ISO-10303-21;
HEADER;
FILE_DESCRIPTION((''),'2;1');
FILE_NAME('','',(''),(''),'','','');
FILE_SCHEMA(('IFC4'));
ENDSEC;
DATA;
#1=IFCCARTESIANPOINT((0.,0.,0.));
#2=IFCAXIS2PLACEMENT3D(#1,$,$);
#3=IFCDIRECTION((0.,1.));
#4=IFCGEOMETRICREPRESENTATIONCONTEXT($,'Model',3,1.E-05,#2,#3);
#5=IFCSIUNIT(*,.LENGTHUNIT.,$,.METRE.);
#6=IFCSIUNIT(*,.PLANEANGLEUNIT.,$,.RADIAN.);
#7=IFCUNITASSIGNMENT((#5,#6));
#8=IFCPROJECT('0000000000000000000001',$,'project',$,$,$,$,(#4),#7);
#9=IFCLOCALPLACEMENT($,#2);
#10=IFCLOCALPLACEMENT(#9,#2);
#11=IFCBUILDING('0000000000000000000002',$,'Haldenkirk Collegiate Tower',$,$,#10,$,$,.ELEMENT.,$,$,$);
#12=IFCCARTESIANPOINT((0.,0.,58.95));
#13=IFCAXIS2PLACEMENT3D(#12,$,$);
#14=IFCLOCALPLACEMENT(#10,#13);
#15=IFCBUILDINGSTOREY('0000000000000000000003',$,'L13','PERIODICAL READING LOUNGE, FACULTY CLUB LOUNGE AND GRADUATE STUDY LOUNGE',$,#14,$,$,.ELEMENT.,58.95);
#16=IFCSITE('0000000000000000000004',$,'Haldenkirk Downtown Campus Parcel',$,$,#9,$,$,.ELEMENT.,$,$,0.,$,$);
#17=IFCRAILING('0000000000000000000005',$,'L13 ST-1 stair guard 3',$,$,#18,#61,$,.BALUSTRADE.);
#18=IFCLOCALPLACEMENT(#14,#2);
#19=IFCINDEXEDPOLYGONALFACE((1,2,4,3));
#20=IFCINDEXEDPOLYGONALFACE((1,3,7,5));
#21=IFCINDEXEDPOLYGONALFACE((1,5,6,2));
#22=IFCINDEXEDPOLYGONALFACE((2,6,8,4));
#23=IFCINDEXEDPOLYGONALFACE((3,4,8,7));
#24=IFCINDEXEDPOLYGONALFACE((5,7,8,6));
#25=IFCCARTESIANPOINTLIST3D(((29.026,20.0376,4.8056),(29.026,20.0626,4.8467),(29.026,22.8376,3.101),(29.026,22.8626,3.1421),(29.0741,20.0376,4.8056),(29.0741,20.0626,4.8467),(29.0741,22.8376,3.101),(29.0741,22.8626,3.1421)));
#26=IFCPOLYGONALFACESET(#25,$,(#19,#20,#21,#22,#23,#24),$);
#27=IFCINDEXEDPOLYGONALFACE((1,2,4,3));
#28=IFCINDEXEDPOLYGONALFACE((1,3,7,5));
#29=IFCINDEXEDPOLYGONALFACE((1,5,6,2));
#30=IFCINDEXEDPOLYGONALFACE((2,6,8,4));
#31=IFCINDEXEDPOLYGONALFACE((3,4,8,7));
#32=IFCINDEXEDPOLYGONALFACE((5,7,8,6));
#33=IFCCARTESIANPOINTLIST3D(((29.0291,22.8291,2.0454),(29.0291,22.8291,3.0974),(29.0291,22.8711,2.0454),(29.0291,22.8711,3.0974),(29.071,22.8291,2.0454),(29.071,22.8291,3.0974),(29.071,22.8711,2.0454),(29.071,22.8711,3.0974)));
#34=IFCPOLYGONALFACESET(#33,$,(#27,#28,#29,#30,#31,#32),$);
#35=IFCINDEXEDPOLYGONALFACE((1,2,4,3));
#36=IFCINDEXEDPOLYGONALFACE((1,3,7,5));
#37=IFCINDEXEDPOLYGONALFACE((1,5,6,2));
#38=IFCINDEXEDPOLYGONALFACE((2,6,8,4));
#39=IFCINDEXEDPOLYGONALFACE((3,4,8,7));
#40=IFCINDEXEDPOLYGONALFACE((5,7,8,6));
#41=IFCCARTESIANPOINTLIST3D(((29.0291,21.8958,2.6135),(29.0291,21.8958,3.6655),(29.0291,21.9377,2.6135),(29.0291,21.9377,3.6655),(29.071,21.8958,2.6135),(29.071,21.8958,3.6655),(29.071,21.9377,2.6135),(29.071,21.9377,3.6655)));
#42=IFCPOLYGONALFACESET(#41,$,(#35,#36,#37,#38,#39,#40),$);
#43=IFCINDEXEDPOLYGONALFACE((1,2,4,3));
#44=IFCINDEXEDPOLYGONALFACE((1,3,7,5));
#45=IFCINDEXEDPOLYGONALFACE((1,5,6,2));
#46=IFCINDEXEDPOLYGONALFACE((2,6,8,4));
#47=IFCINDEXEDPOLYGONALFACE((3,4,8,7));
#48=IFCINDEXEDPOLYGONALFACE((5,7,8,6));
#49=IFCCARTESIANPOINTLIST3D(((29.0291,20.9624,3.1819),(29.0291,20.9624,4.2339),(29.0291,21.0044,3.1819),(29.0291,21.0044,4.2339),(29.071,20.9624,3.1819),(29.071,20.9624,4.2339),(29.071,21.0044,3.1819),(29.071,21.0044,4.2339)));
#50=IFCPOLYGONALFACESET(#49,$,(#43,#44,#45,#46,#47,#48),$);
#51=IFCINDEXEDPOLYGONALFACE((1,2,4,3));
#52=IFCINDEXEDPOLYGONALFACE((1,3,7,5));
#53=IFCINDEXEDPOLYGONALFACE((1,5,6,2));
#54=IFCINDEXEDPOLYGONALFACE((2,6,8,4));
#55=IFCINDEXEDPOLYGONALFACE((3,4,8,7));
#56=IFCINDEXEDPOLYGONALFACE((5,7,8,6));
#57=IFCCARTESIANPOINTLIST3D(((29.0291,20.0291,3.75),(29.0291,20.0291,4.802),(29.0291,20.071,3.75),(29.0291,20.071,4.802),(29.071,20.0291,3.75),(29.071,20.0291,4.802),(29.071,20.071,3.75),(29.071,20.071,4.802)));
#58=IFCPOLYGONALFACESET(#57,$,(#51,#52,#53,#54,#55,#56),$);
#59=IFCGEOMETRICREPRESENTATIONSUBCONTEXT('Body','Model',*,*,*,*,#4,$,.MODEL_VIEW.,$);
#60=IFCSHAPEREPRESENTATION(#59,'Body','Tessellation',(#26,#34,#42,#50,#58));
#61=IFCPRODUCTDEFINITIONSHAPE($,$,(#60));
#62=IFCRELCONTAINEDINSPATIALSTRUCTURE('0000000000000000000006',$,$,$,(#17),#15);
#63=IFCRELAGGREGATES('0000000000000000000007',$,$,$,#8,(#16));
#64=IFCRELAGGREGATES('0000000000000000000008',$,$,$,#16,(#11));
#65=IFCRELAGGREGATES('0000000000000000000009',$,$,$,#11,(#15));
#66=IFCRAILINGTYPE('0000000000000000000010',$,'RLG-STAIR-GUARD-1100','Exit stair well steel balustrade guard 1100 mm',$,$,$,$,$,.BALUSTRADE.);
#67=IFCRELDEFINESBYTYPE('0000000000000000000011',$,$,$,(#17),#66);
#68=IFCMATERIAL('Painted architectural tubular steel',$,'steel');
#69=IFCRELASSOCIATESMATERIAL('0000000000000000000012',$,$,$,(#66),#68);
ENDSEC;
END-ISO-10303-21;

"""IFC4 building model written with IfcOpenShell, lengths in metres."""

from ifc_helpers import new_model, si_unit, direction, frame, origin, origin_2d, place, context, subcontext, project, spatial, rectangle, extrude, material, type_object, element, save


model = new_model("IFC4")

# Units and contexts
model_context = context("Model", 3, precision=1e-05, world=origin(), true_north=direction((0.0, 1.0)))
body_context = subcontext(model_context, "Body", "Model", "MODEL_VIEW")
ifc_project = project(units=[si_unit("LENGTHUNIT", "METRE"), si_unit("PLANEANGLEUNIT", "RADIAN")], contexts=[model_context])

# Site, building, storey
site_placement = place(None, origin())
site = spatial("IfcSite", under=ifc_project, at=site_placement, Name="Haldenkirk Downtown Campus Parcel", CompositionType="ELEMENT", RefElevation=0.0)
building_placement = place(site_placement, origin())
building = spatial("IfcBuilding", under=site, at=building_placement, Name="Haldenkirk Collegiate Tower", CompositionType="ELEMENT")
storey_placement = place(building_placement, frame((0.0, 0.0, 58.95)))
storey = spatial("IfcBuildingStorey", under=building, at=storey_placement, Name="L13", Description="PERIODICAL READING LOUNGE, FACULTY CLUB LOUNGE AND GRADUATE STUDY LOUNGE", CompositionType="ELEMENT", Elevation=58.95)

# Railing
ifc_material_1 = material(Name="Painted architectural tubular steel", Category="steel")
railing_type = type_object("IfcRailingType", Name="RLG-STAIR-GUARD-1100", Description="Exit stair well steel balustrade guard 1100 mm", PredefinedType="BALUSTRADE", material=ifc_material_1)
railing_1_placement = place(storey_placement, frame((29.05, 22.8501, 2.0454)))
element("IfcRailing", 1, at=railing_1_placement, inside=storey, type_object=railing_type, Name="L13 ST-1 stair guard 3", PredefinedType="BALUSTRADE", context=body_context, shape_type="SweptSolid", body=[
    extrude(rectangle(XDim=0.0481, YDim=0.0481, at=origin_2d()), frame((0.0, 0.0, 1.0762), z_axis=(0.0, -0.85417, 0.519994), x_axis=(1.0, 0.0, 0.0)), (0.0, 0.0, 1.0), 3.2781),
    extrude(rectangle(XDim=0.042, YDim=0.042, at=origin_2d()), origin(), (0.0, 0.0, 1.0), 1.052),
    extrude(rectangle(XDim=0.042, YDim=0.042, at=origin_2d()), frame((0.0, -0.9333, 0.5681)), (0.0, 0.0, 1.0), 1.052),
    extrude(rectangle(XDim=0.042, YDim=0.042, at=origin_2d()), frame((0.0, -1.8667, 1.1365)), (0.0, 0.0, 1.0), 1.052),
    extrude(rectangle(XDim=0.042, YDim=0.042, at=origin_2d()), frame((0.0, -2.8, 1.7046)), (0.0, 0.0, 1.0), 1.052),
])

save(model, "model.ifc")
